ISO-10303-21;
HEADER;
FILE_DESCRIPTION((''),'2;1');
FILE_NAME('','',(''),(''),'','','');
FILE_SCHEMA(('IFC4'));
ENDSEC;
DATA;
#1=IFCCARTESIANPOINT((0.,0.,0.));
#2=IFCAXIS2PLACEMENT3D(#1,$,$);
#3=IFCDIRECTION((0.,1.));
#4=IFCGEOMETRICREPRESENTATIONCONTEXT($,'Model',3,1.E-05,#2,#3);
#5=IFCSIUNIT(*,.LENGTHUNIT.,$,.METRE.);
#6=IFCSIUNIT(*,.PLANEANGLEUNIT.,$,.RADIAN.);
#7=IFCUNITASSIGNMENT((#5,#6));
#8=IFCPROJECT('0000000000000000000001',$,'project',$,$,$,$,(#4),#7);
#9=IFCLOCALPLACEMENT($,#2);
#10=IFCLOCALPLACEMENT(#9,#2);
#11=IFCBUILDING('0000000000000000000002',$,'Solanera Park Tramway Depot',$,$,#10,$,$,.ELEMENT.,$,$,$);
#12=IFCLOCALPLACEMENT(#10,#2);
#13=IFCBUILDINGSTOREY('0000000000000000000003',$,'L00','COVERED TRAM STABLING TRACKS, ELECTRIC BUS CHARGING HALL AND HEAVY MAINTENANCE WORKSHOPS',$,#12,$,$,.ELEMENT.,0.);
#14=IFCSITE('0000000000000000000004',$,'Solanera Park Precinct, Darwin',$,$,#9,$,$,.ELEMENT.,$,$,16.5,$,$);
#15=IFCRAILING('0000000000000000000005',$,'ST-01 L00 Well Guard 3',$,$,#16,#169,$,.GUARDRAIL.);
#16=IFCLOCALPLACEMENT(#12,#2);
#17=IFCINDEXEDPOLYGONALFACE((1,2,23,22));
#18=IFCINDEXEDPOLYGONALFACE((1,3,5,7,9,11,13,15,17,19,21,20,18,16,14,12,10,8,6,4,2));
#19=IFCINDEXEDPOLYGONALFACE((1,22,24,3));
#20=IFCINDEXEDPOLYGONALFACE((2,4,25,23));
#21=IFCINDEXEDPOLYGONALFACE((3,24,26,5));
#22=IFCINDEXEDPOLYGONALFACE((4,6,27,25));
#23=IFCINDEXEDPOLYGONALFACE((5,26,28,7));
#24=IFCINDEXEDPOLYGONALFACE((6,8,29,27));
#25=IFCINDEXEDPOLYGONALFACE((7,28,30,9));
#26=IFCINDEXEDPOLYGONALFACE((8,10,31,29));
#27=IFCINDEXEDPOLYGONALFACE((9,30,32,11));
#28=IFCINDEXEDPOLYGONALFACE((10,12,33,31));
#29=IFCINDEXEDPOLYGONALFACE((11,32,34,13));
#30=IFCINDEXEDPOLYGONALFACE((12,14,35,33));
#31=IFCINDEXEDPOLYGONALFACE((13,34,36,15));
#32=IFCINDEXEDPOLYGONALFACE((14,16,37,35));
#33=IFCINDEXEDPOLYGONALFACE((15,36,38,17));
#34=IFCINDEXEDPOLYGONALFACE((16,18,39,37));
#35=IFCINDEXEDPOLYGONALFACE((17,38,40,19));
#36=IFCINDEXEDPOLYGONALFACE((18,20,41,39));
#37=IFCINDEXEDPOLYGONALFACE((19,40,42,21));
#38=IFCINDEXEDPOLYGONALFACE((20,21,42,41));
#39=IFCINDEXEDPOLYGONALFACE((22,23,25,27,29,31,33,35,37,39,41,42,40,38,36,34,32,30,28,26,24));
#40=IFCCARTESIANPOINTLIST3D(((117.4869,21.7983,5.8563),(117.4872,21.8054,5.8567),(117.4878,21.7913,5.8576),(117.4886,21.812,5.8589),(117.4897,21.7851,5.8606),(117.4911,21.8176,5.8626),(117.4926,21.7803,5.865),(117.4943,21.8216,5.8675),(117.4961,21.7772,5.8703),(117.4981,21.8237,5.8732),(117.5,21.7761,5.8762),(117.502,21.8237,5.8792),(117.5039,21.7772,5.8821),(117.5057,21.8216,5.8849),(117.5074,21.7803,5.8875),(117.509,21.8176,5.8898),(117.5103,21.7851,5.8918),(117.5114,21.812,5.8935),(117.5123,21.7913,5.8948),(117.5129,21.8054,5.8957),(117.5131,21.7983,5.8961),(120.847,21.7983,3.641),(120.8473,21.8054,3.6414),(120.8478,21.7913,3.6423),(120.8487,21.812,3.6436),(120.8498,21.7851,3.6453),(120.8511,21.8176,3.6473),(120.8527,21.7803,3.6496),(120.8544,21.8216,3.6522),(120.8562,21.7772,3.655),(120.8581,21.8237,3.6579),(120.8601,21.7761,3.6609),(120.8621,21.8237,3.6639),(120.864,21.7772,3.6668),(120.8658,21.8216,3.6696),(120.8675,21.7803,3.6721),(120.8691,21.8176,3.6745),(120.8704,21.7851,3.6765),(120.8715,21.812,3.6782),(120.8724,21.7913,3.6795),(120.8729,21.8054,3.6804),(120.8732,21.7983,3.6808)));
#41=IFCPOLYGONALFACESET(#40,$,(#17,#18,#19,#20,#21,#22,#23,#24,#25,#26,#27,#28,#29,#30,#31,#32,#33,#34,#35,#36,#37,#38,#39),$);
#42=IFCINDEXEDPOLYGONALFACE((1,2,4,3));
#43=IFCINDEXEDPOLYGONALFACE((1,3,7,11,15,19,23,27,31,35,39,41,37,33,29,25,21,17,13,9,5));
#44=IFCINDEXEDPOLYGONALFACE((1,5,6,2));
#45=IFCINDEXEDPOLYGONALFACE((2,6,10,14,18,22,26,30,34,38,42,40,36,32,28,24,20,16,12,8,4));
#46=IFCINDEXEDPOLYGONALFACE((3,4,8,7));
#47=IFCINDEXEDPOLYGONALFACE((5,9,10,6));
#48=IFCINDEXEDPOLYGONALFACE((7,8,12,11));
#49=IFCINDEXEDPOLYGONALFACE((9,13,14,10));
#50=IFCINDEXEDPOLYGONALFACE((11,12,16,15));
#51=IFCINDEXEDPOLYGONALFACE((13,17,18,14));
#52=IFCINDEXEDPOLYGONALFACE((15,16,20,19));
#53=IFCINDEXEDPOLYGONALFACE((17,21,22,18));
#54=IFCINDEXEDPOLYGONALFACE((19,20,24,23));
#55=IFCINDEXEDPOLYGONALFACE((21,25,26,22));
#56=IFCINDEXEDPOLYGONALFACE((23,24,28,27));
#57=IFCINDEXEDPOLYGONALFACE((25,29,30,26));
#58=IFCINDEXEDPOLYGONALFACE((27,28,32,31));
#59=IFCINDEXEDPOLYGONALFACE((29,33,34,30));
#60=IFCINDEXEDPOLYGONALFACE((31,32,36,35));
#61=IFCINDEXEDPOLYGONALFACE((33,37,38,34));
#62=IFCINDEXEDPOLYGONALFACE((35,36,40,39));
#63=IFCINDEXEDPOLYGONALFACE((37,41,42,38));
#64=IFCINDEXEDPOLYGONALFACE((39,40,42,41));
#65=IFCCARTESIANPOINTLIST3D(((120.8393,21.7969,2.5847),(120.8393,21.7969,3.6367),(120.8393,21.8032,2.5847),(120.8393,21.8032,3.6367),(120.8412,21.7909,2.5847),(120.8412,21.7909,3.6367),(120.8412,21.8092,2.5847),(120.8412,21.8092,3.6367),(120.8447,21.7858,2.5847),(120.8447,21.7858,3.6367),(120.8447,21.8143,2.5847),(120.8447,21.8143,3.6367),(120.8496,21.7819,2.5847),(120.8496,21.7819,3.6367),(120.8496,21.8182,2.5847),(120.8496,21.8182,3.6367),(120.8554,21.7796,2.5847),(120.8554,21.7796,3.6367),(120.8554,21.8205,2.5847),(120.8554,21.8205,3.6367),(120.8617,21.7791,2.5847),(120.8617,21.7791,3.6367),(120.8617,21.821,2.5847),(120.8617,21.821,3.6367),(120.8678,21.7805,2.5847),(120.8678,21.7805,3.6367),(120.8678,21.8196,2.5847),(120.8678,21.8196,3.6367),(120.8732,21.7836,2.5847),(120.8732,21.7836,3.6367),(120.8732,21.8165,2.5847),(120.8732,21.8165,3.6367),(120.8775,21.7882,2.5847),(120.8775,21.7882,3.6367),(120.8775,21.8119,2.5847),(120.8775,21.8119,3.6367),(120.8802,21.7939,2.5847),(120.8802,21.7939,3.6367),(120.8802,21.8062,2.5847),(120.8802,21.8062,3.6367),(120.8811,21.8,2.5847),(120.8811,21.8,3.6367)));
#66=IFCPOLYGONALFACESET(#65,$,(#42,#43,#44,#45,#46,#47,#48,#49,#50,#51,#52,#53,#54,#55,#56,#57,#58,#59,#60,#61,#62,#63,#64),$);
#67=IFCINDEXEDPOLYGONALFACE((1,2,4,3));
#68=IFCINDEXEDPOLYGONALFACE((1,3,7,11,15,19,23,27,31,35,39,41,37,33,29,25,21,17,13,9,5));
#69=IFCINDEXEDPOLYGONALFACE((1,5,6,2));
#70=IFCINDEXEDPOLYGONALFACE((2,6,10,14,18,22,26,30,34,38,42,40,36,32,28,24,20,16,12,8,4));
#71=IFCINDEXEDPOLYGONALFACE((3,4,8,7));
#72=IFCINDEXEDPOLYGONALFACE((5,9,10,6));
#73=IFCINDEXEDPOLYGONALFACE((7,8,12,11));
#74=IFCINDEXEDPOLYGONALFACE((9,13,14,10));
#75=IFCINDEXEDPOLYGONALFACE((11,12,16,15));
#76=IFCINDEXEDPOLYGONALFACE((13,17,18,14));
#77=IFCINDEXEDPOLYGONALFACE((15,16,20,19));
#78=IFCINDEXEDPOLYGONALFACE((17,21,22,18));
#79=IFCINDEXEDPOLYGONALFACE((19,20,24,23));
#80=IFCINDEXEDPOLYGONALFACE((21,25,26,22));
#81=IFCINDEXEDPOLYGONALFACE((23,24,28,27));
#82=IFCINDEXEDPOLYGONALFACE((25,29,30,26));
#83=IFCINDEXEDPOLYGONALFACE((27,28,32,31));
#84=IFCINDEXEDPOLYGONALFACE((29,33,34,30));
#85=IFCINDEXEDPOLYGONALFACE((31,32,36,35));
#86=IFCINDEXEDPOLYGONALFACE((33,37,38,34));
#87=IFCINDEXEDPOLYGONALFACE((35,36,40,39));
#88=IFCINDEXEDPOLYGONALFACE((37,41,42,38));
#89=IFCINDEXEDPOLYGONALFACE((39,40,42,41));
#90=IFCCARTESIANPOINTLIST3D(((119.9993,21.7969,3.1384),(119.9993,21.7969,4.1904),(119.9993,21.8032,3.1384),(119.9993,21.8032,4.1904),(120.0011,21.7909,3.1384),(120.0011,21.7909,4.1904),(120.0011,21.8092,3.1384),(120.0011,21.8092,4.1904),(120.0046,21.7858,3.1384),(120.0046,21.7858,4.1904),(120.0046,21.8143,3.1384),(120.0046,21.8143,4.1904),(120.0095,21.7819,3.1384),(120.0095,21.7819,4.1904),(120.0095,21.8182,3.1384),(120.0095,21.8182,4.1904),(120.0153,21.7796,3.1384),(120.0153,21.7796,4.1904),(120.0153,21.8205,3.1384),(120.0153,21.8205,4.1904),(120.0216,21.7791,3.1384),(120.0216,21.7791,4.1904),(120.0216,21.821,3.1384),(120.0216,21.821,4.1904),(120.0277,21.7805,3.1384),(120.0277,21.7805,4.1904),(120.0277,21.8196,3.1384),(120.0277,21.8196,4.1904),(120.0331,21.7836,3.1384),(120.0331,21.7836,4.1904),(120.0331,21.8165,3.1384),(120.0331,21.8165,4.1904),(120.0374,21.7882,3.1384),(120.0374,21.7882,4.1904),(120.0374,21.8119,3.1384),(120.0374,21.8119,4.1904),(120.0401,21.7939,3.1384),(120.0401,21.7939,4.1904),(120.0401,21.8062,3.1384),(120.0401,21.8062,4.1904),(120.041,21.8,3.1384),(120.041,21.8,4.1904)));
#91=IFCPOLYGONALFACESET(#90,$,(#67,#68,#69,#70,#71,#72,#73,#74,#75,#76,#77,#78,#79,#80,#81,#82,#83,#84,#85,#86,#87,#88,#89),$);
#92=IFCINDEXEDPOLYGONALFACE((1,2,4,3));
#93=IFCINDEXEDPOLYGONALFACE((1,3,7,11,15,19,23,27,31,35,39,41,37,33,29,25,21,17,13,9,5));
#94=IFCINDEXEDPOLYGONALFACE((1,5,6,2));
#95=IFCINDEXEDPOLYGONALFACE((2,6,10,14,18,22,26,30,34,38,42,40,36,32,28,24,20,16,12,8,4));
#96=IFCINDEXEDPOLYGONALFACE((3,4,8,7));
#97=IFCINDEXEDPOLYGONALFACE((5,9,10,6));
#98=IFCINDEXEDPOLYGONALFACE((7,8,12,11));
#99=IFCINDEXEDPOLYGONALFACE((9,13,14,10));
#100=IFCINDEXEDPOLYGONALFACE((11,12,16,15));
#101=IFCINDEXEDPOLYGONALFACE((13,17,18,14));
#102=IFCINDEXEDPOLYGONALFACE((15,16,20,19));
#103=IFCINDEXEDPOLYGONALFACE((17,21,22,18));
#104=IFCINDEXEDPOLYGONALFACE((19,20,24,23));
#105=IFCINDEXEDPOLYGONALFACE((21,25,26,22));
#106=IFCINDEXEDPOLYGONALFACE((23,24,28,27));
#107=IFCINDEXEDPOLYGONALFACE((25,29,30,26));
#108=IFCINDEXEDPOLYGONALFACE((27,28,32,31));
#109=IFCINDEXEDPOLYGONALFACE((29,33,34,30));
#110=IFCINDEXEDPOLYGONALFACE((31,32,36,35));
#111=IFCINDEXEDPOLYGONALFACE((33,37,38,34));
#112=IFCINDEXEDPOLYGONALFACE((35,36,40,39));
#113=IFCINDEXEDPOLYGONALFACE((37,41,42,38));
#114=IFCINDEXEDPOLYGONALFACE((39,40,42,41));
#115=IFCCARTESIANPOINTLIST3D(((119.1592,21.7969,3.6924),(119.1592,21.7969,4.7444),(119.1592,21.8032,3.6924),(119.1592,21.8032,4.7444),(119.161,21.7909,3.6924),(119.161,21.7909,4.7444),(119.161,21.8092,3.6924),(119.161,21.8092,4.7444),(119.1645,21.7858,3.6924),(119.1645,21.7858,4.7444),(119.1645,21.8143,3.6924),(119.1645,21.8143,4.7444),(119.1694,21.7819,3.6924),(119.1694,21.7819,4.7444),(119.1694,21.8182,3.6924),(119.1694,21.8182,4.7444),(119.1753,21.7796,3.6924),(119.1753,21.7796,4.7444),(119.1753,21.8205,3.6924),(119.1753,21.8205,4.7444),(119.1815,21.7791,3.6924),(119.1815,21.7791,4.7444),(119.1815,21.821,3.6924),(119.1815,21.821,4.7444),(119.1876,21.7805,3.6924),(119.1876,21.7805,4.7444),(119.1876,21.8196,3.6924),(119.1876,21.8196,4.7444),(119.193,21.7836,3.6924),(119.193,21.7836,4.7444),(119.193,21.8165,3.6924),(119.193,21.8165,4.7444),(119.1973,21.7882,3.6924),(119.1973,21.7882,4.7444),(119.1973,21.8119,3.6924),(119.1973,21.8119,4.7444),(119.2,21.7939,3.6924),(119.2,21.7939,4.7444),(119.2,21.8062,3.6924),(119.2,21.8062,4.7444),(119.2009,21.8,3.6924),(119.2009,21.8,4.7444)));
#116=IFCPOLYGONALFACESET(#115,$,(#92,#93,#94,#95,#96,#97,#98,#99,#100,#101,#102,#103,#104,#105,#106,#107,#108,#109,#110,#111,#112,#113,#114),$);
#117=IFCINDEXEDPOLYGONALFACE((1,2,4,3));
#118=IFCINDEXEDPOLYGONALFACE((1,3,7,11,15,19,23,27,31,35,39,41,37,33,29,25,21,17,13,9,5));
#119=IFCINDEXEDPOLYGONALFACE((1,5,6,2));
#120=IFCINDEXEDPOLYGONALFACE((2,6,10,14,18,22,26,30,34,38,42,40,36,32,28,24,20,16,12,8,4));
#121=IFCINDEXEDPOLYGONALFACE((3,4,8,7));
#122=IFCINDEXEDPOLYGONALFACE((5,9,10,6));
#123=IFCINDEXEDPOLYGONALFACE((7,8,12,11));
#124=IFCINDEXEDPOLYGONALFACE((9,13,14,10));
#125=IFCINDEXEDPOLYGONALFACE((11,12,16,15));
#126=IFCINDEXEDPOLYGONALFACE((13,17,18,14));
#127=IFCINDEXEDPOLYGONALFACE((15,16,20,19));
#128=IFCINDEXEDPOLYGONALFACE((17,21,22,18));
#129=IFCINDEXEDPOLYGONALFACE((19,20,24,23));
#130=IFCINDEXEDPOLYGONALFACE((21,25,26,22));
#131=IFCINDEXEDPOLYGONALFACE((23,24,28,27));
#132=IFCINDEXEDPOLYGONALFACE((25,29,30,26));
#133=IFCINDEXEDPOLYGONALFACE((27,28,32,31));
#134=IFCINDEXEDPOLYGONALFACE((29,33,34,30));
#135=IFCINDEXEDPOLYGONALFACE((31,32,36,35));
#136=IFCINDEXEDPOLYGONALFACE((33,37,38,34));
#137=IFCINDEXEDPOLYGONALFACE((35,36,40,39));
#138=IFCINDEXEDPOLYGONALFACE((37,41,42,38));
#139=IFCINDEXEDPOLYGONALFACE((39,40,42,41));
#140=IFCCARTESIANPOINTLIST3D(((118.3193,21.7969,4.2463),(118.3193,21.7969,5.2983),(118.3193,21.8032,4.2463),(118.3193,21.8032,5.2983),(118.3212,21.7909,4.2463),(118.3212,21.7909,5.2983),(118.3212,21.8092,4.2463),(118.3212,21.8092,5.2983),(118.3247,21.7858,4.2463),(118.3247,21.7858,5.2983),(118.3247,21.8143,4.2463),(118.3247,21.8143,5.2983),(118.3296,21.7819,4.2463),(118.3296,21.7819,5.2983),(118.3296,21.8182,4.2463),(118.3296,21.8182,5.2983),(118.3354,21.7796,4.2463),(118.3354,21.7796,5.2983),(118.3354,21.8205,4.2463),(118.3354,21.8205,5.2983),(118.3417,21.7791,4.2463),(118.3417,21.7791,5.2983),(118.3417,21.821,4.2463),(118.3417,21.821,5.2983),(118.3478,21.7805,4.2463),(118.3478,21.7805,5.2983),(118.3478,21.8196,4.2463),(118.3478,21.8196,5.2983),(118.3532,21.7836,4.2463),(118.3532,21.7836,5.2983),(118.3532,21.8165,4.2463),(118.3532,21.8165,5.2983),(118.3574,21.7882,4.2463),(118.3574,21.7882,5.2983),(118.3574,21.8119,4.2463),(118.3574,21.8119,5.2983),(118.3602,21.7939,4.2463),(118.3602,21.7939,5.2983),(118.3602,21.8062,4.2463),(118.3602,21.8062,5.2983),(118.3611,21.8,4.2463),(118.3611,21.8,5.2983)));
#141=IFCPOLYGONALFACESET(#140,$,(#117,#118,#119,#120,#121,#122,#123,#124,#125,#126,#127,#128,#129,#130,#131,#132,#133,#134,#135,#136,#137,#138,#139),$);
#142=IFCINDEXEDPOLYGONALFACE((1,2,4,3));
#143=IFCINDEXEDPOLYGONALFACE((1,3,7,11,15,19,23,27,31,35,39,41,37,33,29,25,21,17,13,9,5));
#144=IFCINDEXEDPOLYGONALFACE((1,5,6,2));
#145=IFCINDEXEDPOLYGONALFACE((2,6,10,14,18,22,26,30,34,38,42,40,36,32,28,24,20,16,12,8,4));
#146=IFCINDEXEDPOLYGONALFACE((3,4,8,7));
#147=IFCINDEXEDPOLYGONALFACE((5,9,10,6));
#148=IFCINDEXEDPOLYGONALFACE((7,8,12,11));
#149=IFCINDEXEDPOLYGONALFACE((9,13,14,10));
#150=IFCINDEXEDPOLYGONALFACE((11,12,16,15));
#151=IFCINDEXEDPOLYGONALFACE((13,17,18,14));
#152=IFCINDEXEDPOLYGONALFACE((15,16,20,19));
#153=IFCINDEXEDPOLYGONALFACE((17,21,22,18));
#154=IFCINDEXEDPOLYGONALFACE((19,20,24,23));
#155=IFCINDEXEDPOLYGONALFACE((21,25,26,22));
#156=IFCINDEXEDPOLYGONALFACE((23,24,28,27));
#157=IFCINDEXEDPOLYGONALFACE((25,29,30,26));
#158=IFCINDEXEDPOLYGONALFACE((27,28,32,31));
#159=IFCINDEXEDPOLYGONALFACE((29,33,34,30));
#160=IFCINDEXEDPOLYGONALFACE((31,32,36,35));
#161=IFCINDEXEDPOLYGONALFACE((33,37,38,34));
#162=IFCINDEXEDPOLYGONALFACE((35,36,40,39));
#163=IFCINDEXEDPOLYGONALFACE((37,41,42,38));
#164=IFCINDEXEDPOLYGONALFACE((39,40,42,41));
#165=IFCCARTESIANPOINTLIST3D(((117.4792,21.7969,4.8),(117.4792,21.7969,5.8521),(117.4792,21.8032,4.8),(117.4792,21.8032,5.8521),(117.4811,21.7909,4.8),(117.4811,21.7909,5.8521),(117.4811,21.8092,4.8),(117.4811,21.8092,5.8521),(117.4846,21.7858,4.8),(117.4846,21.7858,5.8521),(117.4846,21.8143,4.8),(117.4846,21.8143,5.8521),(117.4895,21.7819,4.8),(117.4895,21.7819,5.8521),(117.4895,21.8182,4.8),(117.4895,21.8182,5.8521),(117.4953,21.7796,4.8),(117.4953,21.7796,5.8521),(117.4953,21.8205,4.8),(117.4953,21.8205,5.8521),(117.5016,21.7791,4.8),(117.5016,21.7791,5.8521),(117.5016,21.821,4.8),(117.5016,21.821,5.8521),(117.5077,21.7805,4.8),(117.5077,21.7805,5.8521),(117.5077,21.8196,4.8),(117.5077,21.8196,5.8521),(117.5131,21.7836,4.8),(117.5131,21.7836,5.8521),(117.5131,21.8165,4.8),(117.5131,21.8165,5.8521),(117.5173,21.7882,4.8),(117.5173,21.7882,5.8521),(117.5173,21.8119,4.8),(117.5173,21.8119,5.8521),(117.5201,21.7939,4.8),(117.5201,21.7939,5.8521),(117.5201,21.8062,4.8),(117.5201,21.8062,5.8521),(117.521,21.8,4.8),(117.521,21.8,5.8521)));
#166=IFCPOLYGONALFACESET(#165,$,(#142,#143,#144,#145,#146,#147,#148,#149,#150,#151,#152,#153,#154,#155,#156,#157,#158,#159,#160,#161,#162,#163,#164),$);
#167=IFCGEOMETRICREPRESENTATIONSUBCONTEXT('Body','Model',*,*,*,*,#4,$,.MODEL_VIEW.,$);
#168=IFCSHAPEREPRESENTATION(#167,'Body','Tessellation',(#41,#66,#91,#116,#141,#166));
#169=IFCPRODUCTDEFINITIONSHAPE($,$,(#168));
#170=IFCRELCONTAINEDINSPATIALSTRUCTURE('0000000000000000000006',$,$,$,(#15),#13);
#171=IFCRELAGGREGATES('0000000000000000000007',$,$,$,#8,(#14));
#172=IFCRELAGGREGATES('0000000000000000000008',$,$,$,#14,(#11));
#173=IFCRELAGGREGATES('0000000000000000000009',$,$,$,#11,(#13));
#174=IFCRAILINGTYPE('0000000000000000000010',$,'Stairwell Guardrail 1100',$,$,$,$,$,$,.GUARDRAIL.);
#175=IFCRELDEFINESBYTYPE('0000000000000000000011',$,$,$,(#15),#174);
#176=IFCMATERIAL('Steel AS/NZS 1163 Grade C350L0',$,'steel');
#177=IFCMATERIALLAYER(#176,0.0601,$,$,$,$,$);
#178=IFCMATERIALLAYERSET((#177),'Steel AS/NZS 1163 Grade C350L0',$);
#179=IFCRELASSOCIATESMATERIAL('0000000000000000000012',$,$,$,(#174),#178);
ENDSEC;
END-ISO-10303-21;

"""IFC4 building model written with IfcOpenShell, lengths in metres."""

from ifc_helpers import new_model, si_unit, direction, frame, origin, origin_2d, place, context, subcontext, project, spatial, circle, extrude, material, layer, layer_set, type_object, element, save


model = new_model("IFC4")

# Units and contexts
model_context = context("Model", 3, precision=1e-05, world=origin(), true_north=direction((0.0, 1.0)))
body_context = subcontext(model_context, "Body", "Model", "MODEL_VIEW")
ifc_project = project(units=[si_unit("LENGTHUNIT", "METRE"), si_unit("PLANEANGLEUNIT", "RADIAN")], contexts=[model_context])

# Site, building, storey
site_placement = place(None, origin())
site = spatial("IfcSite", under=ifc_project, at=site_placement, Name="Solanera Park Precinct, Darwin", CompositionType="ELEMENT", RefElevation=16.5)
building_placement = place(site_placement, origin())
building = spatial("IfcBuilding", under=site, at=building_placement, Name="Solanera Park Tramway Depot", CompositionType="ELEMENT")
storey_placement = place(building_placement, origin())
storey = spatial("IfcBuildingStorey", under=building, at=storey_placement, Name="L00", Description="COVERED TRAM STABLING TRACKS, ELECTRIC BUS CHARGING HALL AND HEAVY MAINTENANCE WORKSHOPS", CompositionType="ELEMENT", Elevation=0.0)

# Railing
ifc_material_1 = material(Name="Steel AS/NZS 1163 Grade C350L0", Category="steel")
ifc_layer_1 = layer(ifc_material_1, 0.0601)
ifc_layer_set_1 = layer_set([ifc_layer_1], Name="Steel AS/NZS 1163 Grade C350L0")
railing_type_1 = type_object("IfcRailingType", Name="Stairwell Guardrail 1100", PredefinedType="GUARDRAIL", material=ifc_layer_set_1)
railing_1_placement = place(storey_placement, frame((120.8601, 21.8, 2.5847)))
element("IfcRailing", 1, at=railing_1_placement, inside=storey, type_object=railing_type_1, Name="ST-01 L00 Well Guard 3", PredefinedType="GUARDRAIL", context=body_context, shape_type="SweptSolid", body=[
    extrude(circle(Radius=0.0239, at=origin_2d()), frame((0.0, 0.0, 1.0762), z_axis=(-0.834876, 0.0, 0.550437), x_axis=(0.0, -1.0, 0.0)), (0.0, 0.0, 1.0), 4.0247),
    extrude(circle(Radius=0.021, at=origin_2d()), origin(), (0.0, 0.0, 1.0), 1.052),
    extrude(circle(Radius=0.021, at=origin_2d()), frame((-0.8401, 0.0, 0.5537)), (0.0, 0.0, 1.0), 1.052),
    extrude(circle(Radius=0.021, at=origin_2d()), frame((-1.6802, 0.0, 1.1077)), (0.0, 0.0, 1.0), 1.052),
    extrude(circle(Radius=0.021, at=origin_2d()), frame((-2.52, 0.0, 1.6616)), (0.0, 0.0, 1.0), 1.052),
    extrude(circle(Radius=0.021, at=origin_2d()), frame((-3.3601, 0.0, 2.2153)), (0.0, 0.0, 1.0), 1.052),
])

save(model, "model.ifc")
